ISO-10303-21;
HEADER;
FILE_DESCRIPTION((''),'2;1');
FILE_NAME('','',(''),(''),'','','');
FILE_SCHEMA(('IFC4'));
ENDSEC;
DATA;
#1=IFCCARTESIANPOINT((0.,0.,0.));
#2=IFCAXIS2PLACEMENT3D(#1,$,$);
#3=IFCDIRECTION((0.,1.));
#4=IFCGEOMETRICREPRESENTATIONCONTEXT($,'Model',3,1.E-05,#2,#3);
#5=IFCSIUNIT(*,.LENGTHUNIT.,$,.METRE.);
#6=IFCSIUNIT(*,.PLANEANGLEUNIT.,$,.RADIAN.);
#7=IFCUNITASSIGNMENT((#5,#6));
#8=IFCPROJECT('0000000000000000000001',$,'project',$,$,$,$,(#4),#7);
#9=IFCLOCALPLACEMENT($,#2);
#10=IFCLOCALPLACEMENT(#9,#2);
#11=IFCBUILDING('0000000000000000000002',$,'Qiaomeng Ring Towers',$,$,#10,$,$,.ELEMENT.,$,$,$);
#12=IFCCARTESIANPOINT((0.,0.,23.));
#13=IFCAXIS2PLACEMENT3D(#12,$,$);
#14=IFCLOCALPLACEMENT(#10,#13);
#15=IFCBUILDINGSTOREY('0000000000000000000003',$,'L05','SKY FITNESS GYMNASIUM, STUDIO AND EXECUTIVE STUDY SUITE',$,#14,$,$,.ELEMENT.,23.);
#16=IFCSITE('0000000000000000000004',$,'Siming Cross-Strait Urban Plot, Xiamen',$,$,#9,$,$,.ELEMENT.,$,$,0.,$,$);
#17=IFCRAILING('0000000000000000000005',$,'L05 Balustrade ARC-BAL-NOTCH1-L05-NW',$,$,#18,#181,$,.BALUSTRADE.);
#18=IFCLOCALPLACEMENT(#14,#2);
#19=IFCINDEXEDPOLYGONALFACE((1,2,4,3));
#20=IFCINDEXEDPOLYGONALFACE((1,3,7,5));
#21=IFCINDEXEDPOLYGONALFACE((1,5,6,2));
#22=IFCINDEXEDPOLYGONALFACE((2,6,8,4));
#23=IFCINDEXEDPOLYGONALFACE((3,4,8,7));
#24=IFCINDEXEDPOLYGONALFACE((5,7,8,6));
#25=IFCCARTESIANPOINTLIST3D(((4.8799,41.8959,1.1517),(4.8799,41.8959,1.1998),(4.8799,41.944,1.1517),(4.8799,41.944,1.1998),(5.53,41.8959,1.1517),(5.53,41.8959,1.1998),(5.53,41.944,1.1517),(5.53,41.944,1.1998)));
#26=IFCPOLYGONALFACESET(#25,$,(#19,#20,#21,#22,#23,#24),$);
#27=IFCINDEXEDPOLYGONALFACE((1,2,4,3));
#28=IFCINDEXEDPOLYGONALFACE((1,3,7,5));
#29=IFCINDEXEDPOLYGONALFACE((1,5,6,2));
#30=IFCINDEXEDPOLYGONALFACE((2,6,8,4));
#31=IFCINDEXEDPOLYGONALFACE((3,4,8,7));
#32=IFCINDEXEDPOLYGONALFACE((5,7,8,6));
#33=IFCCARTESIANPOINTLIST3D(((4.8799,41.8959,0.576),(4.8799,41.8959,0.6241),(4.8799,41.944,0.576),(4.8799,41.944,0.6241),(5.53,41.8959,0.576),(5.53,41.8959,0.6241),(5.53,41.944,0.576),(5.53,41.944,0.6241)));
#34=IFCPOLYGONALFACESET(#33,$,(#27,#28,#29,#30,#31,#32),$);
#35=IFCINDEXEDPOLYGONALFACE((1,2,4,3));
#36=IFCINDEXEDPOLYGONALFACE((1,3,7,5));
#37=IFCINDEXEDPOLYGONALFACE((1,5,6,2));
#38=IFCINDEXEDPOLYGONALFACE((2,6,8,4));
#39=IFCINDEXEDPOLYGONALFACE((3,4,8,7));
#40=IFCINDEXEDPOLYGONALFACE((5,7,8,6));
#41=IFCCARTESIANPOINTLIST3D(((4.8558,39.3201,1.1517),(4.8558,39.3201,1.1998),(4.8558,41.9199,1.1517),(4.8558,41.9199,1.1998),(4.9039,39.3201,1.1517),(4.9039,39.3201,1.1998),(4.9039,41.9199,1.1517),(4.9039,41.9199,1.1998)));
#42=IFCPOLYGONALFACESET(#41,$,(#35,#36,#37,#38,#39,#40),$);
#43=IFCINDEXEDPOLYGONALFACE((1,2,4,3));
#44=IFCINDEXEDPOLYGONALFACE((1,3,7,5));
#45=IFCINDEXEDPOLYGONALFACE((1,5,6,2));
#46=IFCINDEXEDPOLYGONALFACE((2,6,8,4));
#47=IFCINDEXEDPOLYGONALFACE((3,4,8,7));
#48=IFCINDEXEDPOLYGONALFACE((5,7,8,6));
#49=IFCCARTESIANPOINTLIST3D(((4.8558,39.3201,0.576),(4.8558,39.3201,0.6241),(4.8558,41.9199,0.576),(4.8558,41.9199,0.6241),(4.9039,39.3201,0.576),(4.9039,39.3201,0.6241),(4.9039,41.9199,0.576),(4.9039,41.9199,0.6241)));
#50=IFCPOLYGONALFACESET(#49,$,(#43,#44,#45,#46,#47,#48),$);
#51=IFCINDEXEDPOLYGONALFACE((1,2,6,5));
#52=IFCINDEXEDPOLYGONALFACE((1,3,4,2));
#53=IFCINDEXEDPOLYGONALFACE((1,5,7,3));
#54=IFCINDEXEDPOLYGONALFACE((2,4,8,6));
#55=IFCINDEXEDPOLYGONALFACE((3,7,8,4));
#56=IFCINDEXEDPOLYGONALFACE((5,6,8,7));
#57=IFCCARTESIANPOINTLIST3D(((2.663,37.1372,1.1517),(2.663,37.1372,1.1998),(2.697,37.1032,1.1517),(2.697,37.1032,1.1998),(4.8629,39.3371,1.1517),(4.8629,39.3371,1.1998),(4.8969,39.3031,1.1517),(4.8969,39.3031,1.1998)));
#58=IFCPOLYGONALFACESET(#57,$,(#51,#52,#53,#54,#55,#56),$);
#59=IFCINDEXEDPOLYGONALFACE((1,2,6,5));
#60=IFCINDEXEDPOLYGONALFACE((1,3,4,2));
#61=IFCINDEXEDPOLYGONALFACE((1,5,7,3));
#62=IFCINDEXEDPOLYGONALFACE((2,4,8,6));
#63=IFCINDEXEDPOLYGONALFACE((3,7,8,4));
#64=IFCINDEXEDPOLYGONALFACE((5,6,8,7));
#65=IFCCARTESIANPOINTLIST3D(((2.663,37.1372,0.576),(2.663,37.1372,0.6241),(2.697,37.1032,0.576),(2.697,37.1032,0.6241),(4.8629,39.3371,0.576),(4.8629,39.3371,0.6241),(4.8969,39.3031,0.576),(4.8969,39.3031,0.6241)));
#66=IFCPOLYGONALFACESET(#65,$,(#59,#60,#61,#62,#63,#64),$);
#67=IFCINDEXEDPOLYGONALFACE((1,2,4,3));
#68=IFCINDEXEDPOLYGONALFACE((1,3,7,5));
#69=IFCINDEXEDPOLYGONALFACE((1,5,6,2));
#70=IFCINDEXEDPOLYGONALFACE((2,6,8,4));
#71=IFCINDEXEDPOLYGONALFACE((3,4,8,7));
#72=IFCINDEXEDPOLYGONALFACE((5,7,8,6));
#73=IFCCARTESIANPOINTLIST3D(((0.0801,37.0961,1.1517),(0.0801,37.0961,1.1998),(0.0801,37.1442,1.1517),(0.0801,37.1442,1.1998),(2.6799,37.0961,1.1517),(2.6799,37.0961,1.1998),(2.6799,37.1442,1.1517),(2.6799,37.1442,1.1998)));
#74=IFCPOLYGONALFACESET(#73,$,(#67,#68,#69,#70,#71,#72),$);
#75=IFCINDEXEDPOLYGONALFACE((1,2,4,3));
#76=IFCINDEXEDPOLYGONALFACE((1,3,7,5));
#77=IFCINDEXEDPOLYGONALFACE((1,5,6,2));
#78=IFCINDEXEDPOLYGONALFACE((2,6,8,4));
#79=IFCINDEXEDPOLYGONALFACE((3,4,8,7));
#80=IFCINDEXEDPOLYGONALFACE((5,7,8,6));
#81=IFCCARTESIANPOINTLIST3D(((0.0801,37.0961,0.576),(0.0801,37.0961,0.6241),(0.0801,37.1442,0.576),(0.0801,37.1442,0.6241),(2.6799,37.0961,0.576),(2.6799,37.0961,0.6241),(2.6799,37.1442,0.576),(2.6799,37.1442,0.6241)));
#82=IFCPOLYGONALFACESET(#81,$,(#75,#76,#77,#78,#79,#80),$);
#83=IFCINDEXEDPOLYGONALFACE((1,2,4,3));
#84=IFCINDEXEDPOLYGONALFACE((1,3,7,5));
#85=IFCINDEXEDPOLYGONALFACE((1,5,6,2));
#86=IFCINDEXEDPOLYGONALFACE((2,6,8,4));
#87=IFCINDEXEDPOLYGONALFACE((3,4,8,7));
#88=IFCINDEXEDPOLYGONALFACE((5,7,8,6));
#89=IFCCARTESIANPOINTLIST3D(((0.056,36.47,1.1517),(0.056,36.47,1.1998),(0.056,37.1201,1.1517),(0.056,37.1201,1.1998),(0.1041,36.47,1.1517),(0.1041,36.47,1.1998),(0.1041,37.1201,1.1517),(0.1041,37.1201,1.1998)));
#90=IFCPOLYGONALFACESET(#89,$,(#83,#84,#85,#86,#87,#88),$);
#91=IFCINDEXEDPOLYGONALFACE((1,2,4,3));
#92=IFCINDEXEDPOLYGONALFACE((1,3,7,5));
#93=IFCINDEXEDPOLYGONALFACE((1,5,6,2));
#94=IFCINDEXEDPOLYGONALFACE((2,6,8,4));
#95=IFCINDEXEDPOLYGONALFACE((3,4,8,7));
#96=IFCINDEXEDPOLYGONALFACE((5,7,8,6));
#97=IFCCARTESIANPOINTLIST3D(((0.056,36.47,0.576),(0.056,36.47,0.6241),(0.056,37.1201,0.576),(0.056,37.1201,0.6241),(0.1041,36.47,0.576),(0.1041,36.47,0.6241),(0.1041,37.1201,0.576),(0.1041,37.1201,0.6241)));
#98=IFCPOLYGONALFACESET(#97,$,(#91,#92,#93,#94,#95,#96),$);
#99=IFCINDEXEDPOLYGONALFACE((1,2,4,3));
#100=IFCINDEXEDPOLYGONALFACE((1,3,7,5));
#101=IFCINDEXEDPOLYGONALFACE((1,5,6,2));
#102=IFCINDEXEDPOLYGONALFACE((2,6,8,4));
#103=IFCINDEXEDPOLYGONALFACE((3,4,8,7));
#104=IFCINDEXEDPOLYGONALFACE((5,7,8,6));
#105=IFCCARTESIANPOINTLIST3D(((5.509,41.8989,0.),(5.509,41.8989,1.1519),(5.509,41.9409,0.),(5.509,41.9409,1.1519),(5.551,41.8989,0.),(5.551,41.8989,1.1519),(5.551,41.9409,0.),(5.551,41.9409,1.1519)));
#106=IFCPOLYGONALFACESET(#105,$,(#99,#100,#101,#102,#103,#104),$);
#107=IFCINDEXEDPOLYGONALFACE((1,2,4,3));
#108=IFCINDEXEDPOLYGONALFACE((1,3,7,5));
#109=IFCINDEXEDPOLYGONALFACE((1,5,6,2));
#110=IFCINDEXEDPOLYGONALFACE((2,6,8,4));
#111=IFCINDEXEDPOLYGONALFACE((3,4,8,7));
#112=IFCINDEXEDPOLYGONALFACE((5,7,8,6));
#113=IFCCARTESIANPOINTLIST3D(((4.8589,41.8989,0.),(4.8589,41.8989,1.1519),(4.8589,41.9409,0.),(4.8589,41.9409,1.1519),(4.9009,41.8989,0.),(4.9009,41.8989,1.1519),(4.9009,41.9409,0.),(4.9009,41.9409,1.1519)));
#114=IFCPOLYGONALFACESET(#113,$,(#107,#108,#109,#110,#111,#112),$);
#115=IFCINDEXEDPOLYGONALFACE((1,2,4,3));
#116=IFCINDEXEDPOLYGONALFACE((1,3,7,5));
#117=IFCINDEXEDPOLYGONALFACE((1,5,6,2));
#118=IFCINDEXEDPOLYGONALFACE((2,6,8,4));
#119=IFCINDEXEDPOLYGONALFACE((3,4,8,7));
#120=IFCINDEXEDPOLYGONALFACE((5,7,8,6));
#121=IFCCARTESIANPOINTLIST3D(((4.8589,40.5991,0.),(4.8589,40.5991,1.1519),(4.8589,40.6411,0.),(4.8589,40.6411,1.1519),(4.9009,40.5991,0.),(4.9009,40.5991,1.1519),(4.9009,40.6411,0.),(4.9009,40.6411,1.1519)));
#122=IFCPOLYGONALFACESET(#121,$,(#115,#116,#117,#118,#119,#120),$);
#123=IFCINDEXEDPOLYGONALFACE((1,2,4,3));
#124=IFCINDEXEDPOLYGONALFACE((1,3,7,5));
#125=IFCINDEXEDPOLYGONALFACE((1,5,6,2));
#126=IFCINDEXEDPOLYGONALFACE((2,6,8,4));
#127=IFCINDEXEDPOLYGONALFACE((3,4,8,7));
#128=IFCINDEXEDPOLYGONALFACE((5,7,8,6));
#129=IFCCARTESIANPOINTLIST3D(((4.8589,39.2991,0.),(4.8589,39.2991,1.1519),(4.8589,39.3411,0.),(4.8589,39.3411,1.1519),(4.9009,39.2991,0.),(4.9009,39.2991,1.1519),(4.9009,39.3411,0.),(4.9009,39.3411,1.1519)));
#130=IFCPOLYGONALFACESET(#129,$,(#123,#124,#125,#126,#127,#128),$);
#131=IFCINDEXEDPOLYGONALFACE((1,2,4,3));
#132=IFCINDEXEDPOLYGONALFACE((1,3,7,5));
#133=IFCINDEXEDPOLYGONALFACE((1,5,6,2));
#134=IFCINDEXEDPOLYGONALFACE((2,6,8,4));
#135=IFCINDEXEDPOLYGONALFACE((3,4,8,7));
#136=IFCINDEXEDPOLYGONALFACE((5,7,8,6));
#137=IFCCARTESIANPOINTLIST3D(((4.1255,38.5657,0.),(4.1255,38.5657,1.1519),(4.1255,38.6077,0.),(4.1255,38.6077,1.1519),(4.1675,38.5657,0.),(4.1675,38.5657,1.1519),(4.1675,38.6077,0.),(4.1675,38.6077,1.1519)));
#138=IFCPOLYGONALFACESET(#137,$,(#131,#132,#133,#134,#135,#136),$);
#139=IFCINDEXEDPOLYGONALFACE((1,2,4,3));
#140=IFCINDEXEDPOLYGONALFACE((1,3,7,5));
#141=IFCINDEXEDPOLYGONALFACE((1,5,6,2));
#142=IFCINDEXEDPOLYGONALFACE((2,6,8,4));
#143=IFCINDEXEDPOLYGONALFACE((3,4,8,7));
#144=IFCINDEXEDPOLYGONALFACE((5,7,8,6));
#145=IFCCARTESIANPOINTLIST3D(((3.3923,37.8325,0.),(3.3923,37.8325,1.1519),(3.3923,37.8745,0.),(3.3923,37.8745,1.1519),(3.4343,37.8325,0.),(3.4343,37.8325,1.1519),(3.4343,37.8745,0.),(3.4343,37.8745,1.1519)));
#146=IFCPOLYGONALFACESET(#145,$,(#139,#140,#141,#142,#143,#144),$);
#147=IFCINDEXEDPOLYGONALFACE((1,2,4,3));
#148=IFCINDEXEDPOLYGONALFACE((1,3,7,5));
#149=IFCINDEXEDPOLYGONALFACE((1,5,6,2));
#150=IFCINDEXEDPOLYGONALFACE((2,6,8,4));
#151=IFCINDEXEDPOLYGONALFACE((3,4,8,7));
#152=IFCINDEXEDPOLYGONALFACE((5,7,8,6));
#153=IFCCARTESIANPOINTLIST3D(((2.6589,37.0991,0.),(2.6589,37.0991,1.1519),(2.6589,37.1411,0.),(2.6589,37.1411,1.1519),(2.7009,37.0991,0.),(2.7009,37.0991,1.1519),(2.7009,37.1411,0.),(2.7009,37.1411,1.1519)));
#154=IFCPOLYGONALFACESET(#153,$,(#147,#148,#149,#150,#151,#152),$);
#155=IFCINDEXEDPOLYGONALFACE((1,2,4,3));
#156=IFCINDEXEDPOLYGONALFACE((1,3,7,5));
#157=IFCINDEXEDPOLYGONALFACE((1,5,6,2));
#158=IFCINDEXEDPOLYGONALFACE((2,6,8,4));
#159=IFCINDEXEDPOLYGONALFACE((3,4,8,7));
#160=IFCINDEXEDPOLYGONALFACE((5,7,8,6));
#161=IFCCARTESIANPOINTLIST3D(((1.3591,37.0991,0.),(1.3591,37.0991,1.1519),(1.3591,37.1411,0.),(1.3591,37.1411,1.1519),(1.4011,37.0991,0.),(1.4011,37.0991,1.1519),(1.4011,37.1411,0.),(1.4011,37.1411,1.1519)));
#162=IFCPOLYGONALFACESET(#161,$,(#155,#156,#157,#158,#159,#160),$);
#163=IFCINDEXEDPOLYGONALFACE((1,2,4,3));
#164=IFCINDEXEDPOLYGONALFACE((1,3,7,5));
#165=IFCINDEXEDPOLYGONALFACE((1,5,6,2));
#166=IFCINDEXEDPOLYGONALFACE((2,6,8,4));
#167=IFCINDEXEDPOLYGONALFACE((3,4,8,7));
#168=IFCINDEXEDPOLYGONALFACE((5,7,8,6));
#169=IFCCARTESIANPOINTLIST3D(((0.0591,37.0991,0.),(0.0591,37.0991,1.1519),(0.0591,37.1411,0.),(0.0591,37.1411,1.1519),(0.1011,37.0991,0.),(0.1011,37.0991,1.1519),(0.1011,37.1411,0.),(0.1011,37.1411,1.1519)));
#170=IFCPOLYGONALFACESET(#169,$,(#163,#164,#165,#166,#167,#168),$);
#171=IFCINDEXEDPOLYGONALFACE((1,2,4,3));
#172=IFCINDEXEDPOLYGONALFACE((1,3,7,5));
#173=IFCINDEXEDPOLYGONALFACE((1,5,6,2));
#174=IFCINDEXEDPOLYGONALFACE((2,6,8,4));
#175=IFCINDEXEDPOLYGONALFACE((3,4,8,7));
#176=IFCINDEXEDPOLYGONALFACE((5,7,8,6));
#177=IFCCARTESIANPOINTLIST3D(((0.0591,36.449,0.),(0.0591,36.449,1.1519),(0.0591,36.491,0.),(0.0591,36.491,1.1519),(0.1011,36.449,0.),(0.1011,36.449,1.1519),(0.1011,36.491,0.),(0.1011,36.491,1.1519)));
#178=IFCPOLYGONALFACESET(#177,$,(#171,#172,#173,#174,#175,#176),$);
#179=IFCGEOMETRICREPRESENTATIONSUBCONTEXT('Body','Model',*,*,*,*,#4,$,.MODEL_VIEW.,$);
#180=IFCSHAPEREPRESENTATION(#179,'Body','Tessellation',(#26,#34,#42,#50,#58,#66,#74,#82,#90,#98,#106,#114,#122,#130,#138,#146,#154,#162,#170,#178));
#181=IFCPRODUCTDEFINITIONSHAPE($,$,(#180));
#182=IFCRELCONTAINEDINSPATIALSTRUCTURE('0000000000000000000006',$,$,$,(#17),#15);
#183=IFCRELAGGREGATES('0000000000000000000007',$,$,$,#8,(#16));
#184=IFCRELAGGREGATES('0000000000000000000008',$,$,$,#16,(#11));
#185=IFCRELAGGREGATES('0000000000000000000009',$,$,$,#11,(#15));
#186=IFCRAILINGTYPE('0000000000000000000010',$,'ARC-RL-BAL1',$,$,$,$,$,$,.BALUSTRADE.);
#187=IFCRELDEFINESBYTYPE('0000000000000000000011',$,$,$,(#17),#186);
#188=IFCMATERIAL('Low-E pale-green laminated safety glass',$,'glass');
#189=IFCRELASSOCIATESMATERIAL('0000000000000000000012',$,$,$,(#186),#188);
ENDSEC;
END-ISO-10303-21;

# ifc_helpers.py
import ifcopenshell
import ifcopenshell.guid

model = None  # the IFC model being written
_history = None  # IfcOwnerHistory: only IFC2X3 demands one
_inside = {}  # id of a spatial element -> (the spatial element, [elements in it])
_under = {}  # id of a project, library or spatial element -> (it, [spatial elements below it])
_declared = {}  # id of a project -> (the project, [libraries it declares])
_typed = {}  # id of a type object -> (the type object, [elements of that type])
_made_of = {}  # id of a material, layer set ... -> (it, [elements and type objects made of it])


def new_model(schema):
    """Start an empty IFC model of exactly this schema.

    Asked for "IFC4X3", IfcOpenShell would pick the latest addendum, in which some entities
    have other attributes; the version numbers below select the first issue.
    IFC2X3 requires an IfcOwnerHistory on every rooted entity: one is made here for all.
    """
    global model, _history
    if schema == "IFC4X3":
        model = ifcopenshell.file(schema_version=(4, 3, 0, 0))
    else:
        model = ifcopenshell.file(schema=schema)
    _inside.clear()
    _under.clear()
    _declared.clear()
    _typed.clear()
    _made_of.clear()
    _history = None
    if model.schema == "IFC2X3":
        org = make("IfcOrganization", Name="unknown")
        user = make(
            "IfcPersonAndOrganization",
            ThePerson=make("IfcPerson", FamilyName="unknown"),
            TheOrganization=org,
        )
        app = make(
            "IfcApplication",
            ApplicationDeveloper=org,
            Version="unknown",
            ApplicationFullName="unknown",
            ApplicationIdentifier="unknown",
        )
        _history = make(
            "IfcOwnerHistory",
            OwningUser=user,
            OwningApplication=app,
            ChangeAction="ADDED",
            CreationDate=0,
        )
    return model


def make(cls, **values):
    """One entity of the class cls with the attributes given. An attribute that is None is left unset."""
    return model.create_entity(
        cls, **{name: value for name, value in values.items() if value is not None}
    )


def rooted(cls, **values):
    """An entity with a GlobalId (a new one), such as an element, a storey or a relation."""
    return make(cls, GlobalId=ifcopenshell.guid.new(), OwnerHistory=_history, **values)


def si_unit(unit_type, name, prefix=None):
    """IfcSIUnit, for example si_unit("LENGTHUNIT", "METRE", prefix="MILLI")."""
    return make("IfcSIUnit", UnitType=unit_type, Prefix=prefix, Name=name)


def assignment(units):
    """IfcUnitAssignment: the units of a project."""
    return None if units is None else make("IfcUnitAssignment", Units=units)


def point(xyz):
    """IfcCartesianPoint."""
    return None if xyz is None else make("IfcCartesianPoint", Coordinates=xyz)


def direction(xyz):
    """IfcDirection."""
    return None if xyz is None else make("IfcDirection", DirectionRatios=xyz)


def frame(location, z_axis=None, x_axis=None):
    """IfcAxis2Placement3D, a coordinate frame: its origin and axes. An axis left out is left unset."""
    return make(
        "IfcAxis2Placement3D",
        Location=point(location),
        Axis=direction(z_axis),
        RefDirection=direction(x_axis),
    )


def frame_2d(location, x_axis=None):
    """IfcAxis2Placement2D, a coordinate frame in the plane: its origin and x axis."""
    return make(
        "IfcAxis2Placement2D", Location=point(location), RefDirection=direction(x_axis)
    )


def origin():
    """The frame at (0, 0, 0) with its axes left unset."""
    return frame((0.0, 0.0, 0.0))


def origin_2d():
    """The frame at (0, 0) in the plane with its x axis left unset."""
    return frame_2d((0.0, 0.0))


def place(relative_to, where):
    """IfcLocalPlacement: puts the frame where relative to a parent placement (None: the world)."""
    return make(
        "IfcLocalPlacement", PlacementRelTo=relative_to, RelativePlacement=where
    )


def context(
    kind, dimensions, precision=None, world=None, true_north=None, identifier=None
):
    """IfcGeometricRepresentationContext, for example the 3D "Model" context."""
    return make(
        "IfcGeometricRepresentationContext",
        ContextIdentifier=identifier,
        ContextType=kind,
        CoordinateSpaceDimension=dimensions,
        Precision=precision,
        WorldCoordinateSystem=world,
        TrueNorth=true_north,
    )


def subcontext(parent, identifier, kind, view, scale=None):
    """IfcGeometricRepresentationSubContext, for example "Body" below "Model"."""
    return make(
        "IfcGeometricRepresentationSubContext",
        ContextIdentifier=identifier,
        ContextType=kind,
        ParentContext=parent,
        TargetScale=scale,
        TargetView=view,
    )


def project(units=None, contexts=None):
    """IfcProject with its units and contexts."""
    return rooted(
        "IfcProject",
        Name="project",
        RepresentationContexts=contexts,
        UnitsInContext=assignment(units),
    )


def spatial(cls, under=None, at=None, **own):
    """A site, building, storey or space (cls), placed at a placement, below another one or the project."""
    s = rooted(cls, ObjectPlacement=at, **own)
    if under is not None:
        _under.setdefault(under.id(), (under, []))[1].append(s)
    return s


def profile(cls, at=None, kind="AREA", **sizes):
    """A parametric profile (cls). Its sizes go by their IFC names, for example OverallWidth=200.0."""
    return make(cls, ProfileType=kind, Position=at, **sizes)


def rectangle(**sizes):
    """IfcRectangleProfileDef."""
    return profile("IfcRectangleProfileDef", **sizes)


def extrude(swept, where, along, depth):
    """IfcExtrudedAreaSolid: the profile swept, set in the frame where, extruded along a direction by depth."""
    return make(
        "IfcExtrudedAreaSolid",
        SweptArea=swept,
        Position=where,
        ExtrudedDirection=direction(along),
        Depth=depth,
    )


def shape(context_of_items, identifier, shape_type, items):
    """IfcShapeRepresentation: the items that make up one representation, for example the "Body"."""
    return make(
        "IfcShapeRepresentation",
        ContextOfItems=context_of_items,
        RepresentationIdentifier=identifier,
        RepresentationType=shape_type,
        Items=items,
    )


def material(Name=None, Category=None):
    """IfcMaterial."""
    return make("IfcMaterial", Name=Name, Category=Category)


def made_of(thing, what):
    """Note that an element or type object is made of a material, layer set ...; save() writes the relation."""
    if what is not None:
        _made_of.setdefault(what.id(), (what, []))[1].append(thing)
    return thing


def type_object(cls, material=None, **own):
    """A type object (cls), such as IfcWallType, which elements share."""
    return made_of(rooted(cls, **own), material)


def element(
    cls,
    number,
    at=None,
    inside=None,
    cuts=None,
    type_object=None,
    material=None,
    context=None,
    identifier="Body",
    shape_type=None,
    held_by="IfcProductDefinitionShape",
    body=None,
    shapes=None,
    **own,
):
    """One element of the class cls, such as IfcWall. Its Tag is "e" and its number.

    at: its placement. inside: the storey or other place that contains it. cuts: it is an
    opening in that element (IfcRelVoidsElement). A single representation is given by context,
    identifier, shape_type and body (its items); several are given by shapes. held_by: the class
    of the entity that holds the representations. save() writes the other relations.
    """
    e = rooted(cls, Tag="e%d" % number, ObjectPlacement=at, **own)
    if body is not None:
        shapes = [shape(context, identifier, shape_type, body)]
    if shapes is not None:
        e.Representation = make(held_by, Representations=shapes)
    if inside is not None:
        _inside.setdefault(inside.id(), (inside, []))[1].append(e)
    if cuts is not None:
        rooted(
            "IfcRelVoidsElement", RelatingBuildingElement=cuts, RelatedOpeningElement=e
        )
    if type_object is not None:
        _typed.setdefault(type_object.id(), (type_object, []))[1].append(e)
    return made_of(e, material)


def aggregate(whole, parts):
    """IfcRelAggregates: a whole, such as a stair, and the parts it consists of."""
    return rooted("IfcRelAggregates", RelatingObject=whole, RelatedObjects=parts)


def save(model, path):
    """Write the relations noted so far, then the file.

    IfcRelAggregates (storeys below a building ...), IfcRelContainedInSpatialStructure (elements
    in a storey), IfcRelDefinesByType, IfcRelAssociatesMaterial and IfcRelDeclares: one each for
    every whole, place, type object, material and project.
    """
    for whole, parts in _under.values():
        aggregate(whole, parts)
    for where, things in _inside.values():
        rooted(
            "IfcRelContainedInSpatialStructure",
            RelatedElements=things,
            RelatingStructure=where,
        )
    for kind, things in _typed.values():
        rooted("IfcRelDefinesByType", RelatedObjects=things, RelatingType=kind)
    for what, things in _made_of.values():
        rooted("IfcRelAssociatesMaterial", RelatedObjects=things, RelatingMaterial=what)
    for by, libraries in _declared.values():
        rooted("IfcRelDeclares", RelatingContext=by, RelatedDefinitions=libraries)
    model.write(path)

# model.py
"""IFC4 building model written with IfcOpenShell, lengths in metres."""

from ifc_helpers import new_model, si_unit, direction, frame, origin, origin_2d, place, context, subcontext, project, spatial, rectangle, extrude, material, type_object, element, save


model = new_model("IFC4")

# Units and contexts
model_context = context("Model", 3, precision=1e-05, world=origin(), true_north=direction((0.0, 1.0)))
body_context = subcontext(model_context, "Body", "Model", "MODEL_VIEW")
ifc_project = project(units=[si_unit("LENGTHUNIT", "METRE"), si_unit("PLANEANGLEUNIT", "RADIAN")], contexts=[model_context])

# Site, building, storey
site_placement = place(None, origin())
site = spatial("IfcSite", under=ifc_project, at=site_placement, Name="Siming Cross-Strait Urban Plot, Xiamen", CompositionType="ELEMENT", RefElevation=0.0)
building_placement = place(site_placement, origin())
building = spatial("IfcBuilding", under=site, at=building_placement, Name="Qiaomeng Ring Towers", CompositionType="ELEMENT")
storey_placement = place(building_placement, frame((0.0, 0.0, 23.0)))
storey = spatial("IfcBuildingStorey", under=building, at=storey_placement, Name="L05", Description="SKY FITNESS GYMNASIUM, STUDIO AND EXECUTIVE STUDY SUITE", CompositionType="ELEMENT", Elevation=23.0)

# Railing
ifc_material_1 = material(Name="Low-E pale-green laminated safety glass", Category="glass")
railing_type = type_object("IfcRailingType", Name="ARC-RL-BAL1", PredefinedType="BALUSTRADE", material=ifc_material_1)
railing_placement = place(storey_placement, frame((5.53, 41.9199, 0.0)))
element("IfcRailing", 1, at=railing_placement, inside=storey, type_object=railing_type, Name="L05 Balustrade ARC-BAL-NOTCH1-L05-NW", PredefinedType="BALUSTRADE", context=body_context, shape_type="SweptSolid", body=[
    extrude(rectangle(XDim=0.0481, YDim=0.0481, at=origin_2d()), frame((0.0, 0.0, 1.1758), z_axis=(-1.0, 0.0, 0.0), x_axis=(0.0, -1.0, 0.0)), (0.0, 0.0, 1.0), 0.6501),
    extrude(rectangle(XDim=0.0481, YDim=0.0481, at=origin_2d()), frame((0.0, 0.0, 0.6001), z_axis=(-1.0, 0.0, 0.0), x_axis=(0.0, -1.0, 0.0)), (0.0, 0.0, 1.0), 0.6501),
    extrude(rectangle(XDim=0.0481, YDim=0.0481, at=origin_2d()), frame((-0.6501, 0.0, 1.1758), z_axis=(0.0, -1.0, 0.0), x_axis=(1.0, 0.0, 0.0)), (0.0, 0.0, 1.0), 2.5999),
    extrude(rectangle(XDim=0.0481, YDim=0.0481, at=origin_2d()), frame((-0.6501, 0.0, 0.6001), z_axis=(0.0, -1.0, 0.0), x_axis=(1.0, 0.0, 0.0)), (0.0, 0.0, 1.0), 2.5999),
    extrude(rectangle(XDim=0.0481, YDim=0.0481, at=origin_2d()), frame((-0.6501, -2.5999, 1.1758), z_axis=(-0.707107, -0.707107, 0.0), x_axis=(0.707107, -0.707107, 0.0)), (0.0, 0.0, 1.0), 3.1111),
    extrude(rectangle(XDim=0.0481, YDim=0.0481, at=origin_2d()), frame((-0.6501, -2.5999, 0.6001), z_axis=(-0.707107, -0.707107, 0.0), x_axis=(0.707107, -0.707107, 0.0)), (0.0, 0.0, 1.0), 3.1111),
    extrude(rectangle(XDim=0.0481, YDim=0.0481, at=origin_2d()), frame((-2.8501, -4.7998, 1.1758), z_axis=(-1.0, 0.0, 0.0), x_axis=(0.0, -1.0, 0.0)), (0.0, 0.0, 1.0), 2.5999),
    extrude(rectangle(XDim=0.0481, YDim=0.0481, at=origin_2d()), frame((-2.8501, -4.7998, 0.6001), z_axis=(-1.0, 0.0, 0.0), x_axis=(0.0, -1.0, 0.0)), (0.0, 0.0, 1.0), 2.5999),
    extrude(rectangle(XDim=0.0481, YDim=0.0481, at=origin_2d()), frame((-5.45, -4.7998, 1.1758), z_axis=(0.0, -1.0, 0.0), x_axis=(1.0, 0.0, 0.0)), (0.0, 0.0, 1.0), 0.6501),
    extrude(rectangle(XDim=0.0481, YDim=0.0481, at=origin_2d()), frame((-5.45, -4.7998, 0.6001), z_axis=(0.0, -1.0, 0.0), x_axis=(1.0, 0.0, 0.0)), (0.0, 0.0, 1.0), 0.6501),
    extrude(rectangle(XDim=0.042, YDim=0.042, at=origin_2d()), origin(), (0.0, 0.0, 1.0), 1.1519),
    extrude(rectangle(XDim=0.042, YDim=0.042, at=origin_2d()), frame((-0.6501, 0.0, 0.0)), (0.0, 0.0, 1.0), 1.1519),
    extrude(rectangle(XDim=0.042, YDim=0.042, at=origin_2d()), frame((-0.6501, -1.2998, 0.0)), (0.0, 0.0, 1.0), 1.1519),
    extrude(rectangle(XDim=0.042, YDim=0.042, at=origin_2d()), frame((-0.6501, -2.5999, 0.0)), (0.0, 0.0, 1.0), 1.1519),
    extrude(rectangle(XDim=0.042, YDim=0.042, at=origin_2d()), frame((-1.3835, -3.3333, 0.0)), (0.0, 0.0, 1.0), 1.1519),
    extrude(rectangle(XDim=0.042, YDim=0.042, at=origin_2d()), frame((-2.1167, -4.0664, 0.0)), (0.0, 0.0, 1.0), 1.1519),
    extrude(rectangle(XDim=0.042, YDim=0.042, at=origin_2d()), frame((-2.8501, -4.7998, 0.0)), (0.0, 0.0, 1.0), 1.1519),
    extrude(rectangle(XDim=0.042, YDim=0.042, at=origin_2d()), frame((-4.1499, -4.7998, 0.0)), (0.0, 0.0, 1.0), 1.1519),
    extrude(rectangle(XDim=0.042, YDim=0.042, at=origin_2d()), frame((-5.45, -4.7998, 0.0)), (0.0, 0.0, 1.0), 1.1519),
    extrude(rectangle(XDim=0.042, YDim=0.042, at=origin_2d()), frame((-5.45, -5.45, 0.0)), (0.0, 0.0, 1.0), 1.1519),
])

save(model, "model.ifc")
